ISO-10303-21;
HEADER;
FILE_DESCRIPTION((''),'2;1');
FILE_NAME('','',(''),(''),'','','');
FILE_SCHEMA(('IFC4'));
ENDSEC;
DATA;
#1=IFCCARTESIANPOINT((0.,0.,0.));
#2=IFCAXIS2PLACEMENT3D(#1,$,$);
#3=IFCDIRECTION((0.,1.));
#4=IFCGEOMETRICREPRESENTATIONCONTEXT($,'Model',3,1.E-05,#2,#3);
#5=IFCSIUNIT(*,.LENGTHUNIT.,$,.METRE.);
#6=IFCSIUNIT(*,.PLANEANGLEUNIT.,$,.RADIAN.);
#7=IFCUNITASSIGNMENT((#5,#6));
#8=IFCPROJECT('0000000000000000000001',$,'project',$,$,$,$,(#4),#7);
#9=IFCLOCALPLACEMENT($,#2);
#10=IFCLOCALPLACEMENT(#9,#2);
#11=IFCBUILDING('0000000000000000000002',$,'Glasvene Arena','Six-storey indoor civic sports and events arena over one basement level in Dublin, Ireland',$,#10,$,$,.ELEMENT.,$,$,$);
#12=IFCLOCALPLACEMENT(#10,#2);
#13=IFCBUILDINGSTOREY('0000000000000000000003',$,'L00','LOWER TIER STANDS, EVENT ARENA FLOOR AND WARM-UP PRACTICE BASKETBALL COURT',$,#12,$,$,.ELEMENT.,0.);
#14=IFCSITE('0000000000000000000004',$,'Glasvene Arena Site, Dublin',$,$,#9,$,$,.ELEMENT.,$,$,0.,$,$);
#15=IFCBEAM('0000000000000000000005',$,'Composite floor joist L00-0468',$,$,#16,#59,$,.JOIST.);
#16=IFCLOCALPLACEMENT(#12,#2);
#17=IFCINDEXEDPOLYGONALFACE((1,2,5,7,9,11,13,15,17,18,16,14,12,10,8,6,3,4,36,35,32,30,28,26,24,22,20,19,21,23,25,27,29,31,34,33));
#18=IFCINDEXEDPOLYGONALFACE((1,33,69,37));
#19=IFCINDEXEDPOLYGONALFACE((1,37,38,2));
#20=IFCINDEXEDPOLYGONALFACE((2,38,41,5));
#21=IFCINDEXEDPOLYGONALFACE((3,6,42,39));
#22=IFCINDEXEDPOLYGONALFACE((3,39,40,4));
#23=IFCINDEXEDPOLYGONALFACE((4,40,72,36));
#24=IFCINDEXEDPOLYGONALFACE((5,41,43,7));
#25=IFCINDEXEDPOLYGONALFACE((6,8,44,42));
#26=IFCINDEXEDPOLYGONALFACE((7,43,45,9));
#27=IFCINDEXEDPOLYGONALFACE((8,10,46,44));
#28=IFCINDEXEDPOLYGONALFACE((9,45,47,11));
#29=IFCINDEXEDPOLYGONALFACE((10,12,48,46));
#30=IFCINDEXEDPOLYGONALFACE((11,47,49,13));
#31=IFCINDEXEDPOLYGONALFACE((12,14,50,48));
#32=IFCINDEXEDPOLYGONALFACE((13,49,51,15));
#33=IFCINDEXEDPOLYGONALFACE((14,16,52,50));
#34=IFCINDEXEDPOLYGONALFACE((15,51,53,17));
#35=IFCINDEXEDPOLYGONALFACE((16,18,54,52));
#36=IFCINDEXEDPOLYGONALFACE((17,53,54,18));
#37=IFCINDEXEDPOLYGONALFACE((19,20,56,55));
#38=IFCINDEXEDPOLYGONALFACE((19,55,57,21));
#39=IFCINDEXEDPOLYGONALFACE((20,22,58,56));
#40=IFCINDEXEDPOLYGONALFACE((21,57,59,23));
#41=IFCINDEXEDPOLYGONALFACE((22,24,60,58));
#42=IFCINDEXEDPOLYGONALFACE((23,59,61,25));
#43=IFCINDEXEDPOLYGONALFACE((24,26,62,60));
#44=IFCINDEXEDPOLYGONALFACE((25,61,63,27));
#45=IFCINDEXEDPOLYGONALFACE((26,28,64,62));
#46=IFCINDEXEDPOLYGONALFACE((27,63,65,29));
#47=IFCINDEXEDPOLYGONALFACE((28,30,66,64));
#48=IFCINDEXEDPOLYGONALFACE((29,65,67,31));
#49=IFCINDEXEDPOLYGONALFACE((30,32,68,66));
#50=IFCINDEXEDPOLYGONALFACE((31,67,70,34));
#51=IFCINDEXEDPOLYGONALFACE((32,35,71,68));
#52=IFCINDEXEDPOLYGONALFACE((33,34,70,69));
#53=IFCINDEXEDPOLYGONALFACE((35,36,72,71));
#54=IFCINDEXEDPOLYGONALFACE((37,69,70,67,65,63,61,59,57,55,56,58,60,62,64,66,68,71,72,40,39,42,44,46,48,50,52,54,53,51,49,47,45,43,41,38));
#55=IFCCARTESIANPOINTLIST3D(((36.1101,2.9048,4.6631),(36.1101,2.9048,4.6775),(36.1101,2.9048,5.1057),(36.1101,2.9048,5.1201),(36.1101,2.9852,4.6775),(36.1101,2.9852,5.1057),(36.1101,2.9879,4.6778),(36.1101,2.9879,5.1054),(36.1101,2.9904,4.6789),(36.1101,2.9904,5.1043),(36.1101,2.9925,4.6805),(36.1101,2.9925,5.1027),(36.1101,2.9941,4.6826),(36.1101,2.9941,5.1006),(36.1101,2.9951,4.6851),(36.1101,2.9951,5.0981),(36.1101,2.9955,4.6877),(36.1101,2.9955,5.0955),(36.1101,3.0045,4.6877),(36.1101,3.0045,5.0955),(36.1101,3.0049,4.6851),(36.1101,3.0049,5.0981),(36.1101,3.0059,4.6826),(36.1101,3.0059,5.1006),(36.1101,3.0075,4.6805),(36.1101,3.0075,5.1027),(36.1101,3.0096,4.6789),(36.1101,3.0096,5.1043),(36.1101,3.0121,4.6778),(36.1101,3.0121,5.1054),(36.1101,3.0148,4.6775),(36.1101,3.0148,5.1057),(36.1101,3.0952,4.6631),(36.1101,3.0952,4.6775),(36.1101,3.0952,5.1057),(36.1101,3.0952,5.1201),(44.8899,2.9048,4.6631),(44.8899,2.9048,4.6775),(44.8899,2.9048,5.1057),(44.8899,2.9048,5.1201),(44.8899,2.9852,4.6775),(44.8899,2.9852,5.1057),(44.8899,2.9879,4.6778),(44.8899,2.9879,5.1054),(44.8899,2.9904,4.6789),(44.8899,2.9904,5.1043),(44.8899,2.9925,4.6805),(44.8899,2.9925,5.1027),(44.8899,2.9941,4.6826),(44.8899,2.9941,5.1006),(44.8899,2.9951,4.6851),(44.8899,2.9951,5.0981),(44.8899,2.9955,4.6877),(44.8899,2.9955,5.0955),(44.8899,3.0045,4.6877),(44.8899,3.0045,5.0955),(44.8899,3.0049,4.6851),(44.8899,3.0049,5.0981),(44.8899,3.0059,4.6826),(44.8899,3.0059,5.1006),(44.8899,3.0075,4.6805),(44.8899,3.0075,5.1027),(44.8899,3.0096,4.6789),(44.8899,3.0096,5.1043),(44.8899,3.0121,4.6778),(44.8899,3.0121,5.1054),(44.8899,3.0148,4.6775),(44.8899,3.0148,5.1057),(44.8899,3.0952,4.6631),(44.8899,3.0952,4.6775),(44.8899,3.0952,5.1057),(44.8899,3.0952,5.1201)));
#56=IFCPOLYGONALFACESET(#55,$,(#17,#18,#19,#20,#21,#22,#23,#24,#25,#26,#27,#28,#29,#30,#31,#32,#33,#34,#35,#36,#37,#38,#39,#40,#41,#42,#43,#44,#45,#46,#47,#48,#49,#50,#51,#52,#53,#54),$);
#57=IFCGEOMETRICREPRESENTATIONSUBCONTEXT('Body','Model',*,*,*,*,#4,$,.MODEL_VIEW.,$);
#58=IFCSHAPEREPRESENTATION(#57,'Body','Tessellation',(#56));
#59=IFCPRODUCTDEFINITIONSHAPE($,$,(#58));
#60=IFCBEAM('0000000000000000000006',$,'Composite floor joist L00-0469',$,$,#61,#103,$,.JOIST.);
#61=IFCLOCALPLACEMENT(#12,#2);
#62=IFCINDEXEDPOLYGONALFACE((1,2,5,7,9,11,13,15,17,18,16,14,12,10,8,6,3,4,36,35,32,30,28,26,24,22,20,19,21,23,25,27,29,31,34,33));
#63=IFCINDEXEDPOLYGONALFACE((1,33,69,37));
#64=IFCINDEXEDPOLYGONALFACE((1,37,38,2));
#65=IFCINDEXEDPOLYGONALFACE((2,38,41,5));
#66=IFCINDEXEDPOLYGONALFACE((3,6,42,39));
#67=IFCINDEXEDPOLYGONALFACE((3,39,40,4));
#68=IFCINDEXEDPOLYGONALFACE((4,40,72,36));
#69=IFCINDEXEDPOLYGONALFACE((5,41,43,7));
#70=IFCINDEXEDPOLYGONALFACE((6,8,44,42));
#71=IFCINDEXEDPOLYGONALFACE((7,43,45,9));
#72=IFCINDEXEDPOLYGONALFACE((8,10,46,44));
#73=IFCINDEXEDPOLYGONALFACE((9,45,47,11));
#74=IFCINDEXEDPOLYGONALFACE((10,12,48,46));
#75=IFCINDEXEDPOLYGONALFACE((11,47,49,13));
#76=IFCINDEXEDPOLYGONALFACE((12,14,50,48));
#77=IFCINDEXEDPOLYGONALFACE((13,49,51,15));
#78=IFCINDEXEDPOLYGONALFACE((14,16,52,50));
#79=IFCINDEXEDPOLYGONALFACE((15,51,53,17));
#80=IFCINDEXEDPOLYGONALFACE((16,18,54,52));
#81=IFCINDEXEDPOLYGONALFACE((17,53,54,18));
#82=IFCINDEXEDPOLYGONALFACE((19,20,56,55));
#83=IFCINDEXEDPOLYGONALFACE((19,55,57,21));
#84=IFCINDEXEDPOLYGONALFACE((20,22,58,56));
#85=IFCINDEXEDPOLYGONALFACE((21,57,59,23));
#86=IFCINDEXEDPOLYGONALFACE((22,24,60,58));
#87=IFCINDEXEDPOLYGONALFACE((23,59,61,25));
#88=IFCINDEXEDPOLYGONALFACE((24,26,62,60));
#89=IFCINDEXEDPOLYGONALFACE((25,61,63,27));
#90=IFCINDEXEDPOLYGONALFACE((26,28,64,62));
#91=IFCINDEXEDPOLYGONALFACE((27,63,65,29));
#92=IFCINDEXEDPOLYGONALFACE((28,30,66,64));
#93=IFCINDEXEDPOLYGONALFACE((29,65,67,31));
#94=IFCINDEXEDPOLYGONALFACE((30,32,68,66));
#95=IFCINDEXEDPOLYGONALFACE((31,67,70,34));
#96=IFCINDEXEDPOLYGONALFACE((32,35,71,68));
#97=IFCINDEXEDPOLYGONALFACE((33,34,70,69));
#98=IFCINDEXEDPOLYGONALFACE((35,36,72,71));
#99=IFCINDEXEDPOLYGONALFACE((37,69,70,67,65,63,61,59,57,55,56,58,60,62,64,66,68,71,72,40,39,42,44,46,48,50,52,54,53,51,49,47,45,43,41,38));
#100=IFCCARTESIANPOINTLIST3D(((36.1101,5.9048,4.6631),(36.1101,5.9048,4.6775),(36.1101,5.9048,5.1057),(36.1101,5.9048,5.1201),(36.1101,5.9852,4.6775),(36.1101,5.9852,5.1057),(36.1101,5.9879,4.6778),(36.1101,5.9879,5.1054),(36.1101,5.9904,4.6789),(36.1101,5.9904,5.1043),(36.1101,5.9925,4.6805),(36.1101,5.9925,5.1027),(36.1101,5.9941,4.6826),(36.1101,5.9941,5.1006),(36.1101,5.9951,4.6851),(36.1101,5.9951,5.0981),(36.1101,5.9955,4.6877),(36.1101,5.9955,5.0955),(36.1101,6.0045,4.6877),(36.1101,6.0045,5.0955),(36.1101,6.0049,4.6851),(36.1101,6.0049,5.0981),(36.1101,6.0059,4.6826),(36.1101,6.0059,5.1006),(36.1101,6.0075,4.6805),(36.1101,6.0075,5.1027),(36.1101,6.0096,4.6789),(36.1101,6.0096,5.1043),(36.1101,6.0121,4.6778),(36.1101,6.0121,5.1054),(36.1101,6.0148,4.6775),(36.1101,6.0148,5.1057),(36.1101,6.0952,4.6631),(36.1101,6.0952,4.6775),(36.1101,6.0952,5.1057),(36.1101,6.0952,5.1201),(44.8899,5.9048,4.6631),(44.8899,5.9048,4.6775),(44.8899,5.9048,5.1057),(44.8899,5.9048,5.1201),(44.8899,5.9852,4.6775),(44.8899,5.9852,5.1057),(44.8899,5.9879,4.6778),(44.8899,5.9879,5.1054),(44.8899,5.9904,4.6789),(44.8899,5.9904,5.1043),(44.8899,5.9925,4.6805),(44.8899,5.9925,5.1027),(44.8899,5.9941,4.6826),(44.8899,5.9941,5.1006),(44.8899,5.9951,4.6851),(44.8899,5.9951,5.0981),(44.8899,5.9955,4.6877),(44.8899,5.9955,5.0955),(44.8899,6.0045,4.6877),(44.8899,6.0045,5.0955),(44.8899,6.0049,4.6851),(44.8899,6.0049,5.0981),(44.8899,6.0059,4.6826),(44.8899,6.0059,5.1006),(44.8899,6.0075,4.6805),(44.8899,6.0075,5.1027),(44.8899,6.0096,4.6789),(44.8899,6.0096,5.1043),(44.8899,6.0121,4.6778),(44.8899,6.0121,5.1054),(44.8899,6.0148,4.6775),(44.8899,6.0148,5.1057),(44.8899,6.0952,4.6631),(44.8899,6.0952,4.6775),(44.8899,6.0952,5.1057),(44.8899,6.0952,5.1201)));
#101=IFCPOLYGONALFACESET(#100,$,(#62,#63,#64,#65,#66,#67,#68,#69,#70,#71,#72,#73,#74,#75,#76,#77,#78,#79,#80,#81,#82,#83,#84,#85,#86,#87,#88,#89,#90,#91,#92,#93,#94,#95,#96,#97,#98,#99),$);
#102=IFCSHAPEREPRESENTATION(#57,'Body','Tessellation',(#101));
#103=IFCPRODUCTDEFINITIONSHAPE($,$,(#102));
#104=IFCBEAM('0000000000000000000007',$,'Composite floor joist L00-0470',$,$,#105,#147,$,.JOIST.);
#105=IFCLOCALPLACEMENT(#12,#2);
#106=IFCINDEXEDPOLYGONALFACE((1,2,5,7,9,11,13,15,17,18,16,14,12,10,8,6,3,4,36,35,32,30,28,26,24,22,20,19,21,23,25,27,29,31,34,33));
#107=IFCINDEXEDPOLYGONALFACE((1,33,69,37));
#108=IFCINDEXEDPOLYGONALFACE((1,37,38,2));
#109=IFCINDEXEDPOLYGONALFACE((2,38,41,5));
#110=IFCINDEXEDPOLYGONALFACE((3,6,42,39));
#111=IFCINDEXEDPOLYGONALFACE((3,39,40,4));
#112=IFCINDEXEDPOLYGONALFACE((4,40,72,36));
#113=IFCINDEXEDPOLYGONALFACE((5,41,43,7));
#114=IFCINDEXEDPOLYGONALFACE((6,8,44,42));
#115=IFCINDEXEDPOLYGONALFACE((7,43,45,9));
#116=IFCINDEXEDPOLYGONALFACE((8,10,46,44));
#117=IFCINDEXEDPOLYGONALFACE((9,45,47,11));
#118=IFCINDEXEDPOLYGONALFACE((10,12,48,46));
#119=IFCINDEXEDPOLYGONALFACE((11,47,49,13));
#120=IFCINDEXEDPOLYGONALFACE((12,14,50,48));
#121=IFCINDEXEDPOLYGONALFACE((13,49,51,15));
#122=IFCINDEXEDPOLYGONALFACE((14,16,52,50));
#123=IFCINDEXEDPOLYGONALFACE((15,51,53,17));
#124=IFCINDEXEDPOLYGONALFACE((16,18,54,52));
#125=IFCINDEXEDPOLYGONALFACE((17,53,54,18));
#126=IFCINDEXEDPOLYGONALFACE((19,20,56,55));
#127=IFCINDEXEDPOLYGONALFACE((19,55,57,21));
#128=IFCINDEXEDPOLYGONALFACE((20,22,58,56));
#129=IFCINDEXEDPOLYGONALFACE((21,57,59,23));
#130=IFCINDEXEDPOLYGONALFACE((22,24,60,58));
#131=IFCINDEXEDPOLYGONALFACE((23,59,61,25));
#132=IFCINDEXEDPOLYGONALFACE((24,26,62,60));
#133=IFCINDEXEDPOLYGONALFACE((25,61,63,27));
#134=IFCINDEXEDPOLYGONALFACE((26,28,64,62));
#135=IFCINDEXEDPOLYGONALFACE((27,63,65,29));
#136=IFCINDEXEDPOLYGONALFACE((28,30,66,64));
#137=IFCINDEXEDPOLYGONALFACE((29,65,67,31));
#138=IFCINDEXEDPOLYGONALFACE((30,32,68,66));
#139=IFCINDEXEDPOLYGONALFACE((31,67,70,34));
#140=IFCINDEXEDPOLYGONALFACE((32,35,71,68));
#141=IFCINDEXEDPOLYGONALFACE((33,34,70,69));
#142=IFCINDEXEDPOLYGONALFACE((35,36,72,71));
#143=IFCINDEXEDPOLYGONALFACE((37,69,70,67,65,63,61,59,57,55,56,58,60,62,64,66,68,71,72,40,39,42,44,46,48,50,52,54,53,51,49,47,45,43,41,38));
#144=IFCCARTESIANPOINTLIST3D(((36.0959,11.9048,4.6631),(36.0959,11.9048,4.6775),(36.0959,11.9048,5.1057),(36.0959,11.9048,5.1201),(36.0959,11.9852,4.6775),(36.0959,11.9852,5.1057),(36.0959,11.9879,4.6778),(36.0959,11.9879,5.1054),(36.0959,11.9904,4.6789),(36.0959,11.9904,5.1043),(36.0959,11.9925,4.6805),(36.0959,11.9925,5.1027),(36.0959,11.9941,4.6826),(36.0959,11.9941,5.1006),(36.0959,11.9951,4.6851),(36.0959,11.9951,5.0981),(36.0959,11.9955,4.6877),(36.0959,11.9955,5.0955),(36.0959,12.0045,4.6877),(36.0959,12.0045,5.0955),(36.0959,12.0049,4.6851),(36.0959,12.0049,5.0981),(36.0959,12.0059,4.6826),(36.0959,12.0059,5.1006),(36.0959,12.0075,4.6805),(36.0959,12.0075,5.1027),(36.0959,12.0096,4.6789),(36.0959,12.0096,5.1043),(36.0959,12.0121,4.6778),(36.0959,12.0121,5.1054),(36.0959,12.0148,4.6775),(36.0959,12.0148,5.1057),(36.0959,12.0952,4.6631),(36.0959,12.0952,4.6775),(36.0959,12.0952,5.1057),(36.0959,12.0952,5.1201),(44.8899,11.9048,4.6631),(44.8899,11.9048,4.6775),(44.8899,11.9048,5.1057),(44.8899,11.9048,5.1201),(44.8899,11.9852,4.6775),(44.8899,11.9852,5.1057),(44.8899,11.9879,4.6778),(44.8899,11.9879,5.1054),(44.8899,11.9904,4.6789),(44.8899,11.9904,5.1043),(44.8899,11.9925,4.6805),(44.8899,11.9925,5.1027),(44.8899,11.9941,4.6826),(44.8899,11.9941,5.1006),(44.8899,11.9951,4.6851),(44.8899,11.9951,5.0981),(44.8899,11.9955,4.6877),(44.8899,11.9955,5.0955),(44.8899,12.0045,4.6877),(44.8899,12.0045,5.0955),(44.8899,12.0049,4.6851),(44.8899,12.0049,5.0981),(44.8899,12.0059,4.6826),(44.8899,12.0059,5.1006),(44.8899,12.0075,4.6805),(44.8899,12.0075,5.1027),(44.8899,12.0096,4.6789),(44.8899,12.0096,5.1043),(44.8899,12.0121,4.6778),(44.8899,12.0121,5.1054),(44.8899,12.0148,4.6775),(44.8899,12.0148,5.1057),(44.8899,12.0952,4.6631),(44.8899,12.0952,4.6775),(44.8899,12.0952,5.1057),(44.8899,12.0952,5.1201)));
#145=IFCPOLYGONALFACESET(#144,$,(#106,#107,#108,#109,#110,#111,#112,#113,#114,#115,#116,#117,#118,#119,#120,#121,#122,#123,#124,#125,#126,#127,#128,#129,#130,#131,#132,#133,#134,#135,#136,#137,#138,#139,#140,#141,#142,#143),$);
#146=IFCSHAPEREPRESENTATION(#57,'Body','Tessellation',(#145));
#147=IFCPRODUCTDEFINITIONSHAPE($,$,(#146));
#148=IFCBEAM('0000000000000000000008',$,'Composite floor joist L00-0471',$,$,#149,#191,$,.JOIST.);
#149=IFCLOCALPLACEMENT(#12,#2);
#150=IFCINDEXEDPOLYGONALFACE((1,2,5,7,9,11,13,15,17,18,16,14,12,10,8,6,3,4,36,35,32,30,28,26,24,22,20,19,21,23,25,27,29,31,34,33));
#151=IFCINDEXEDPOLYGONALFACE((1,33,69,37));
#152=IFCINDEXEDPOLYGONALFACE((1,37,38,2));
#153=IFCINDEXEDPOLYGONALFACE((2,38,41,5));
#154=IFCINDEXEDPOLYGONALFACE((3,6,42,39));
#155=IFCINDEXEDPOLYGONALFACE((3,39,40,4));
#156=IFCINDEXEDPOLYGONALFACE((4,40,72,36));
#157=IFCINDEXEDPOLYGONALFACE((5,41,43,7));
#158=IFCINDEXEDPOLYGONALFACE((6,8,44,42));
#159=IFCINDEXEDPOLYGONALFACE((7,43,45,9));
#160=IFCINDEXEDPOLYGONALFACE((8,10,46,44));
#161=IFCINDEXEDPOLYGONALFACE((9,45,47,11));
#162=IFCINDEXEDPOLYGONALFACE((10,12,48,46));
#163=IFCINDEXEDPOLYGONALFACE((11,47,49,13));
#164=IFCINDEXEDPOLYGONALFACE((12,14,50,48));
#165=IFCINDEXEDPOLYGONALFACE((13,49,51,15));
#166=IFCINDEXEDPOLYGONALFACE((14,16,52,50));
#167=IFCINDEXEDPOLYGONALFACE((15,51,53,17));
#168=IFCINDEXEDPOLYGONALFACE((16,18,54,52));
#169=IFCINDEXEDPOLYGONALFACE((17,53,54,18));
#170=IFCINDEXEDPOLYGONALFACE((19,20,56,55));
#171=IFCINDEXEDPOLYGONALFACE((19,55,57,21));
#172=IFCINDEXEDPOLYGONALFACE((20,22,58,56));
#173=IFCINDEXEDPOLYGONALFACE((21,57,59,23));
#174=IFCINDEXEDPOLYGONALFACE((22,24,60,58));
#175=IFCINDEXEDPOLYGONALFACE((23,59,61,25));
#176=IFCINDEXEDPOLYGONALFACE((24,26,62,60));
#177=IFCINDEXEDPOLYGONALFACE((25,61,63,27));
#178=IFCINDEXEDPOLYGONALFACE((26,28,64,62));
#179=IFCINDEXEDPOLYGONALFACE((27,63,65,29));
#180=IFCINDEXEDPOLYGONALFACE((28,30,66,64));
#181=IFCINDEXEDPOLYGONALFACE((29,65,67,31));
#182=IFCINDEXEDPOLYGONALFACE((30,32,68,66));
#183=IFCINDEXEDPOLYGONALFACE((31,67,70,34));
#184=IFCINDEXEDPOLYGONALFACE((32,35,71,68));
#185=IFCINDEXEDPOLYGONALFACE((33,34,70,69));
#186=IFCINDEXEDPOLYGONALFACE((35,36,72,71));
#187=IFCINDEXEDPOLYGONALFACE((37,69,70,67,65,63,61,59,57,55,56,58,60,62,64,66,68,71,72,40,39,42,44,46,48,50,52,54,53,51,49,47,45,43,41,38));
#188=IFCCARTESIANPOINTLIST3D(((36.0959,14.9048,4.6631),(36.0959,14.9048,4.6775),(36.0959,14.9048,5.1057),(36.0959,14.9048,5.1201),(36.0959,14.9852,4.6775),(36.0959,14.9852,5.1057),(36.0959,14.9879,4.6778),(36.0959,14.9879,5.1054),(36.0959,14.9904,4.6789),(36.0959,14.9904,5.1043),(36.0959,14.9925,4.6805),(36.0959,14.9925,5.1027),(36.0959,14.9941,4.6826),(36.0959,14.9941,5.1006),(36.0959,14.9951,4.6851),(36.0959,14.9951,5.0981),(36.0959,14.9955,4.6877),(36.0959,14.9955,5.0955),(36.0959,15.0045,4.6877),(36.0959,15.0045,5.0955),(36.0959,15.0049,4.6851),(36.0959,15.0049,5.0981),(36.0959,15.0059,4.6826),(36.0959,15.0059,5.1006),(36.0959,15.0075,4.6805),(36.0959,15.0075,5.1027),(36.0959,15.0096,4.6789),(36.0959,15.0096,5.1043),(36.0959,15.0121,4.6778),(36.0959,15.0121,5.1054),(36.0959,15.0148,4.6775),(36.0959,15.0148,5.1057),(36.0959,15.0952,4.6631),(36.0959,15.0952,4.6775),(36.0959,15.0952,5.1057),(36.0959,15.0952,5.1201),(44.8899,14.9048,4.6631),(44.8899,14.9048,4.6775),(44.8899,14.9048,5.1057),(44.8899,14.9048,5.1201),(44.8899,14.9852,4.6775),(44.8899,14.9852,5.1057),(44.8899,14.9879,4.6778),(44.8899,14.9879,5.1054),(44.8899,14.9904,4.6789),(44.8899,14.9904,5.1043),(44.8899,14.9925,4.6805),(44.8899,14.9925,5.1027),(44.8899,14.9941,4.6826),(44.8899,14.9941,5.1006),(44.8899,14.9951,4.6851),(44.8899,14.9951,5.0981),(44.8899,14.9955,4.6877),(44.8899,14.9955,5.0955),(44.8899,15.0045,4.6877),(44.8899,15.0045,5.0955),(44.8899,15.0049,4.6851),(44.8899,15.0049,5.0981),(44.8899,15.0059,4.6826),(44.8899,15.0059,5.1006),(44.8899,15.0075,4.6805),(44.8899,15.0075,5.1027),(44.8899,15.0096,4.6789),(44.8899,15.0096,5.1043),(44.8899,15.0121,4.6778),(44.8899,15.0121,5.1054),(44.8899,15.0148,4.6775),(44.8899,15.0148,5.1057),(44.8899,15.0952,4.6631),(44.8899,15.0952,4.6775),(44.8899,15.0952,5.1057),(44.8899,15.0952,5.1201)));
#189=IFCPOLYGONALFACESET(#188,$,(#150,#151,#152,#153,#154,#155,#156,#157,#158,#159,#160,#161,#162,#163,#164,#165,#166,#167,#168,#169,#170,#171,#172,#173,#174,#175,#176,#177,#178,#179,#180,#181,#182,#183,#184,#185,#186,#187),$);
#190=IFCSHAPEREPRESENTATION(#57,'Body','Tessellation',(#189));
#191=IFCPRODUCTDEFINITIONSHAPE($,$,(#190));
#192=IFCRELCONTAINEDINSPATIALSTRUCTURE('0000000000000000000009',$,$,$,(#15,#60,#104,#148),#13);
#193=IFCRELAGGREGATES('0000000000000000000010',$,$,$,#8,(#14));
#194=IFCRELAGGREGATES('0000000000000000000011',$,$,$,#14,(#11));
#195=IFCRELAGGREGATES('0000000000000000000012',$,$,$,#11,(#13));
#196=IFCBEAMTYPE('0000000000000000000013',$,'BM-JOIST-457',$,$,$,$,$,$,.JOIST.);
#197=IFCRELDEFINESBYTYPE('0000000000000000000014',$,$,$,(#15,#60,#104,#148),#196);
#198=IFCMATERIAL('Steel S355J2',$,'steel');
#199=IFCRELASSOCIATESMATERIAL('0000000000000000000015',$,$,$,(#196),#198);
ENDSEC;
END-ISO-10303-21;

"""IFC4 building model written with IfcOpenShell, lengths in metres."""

from ifc_helpers import new_model, si_unit, direction, frame, origin, origin_2d, place, context, subcontext, project, spatial, i_section, extrude, material, material_profile, profile_set, type_object, element, save


model = new_model("IFC4")

# Units and contexts
model_context = context("Model", 3, precision=1e-05, world=origin(), true_north=direction((0.0, 1.0)))
body_context = subcontext(model_context, "Body", "Model", "MODEL_VIEW")
ifc_project = project(units=[si_unit("LENGTHUNIT", "METRE"), si_unit("PLANEANGLEUNIT", "RADIAN")], contexts=[model_context])

# Site, building, storey
site_placement = place(None, origin())
site = spatial("IfcSite", under=ifc_project, at=site_placement, Name="Glasvene Arena Site, Dublin", CompositionType="ELEMENT", RefElevation=0.0)
building_placement = place(site_placement, origin())
building = spatial("IfcBuilding", under=site, at=building_placement, Name="Glasvene Arena", Description="Six-storey indoor civic sports and events arena over one basement level in Dublin, Ireland", CompositionType="ELEMENT")
storey_placement = place(building_placement, origin())
storey = spatial("IfcBuildingStorey", under=building, at=storey_placement, Name="L00", Description="LOWER TIER STANDS, EVENT ARENA FLOOR AND WARM-UP PRACTICE BASKETBALL COURT", CompositionType="ELEMENT", Elevation=0.0)

# Shared definitions
ifc_material_1 = material(Name="Steel S355J2", Category="steel")

# Beams
ifc_material_profile_1 = material_profile(ifc_material_1, i_section(OverallWidth=0.1904, OverallDepth=0.457, WebThickness=0.009, FlangeThickness=0.0144, FilletRadius=0.0103, at=origin_2d()), Name="UKB 457x191x74")
ifc_profile_set_1 = profile_set([ifc_material_profile_1], Name="Steel S355J2")
beam_type_1 = type_object("IfcBeamType", Name="BM-JOIST-457", PredefinedType="JOIST", material=ifc_profile_set_1)
for number, where, z_axis, x_axis, name in (
    (1, (36.1101, 3.0, 4.8916), (1.0, 0.0, 0.0), (0.0, 1.0, 0.0), "Composite floor joist L00-0468"),
    (2, (36.1101, 6.0, 4.8916), (1.0, 0.0, 0.0), (0.0, 1.0, 0.0), "Composite floor joist L00-0469"),
):
    element("IfcBeam", number, at=place(storey_placement, frame(where, z_axis=z_axis, x_axis=x_axis)), inside=storey, type_object=beam_type_1, Name=name, PredefinedType="JOIST", context=body_context, shape_type="SweptSolid", body=[
        extrude(i_section(OverallWidth=0.1904, OverallDepth=0.457, WebThickness=0.009, FlangeThickness=0.0144, FilletRadius=0.0103, at=origin_2d()), origin(), (0.0, 0.0, 1.0), 8.7798),
    ])
for number, where, z_axis, x_axis, name in (
    (3, (36.0959, 12.0, 4.8916), (1.0, 0.0, 0.0), (0.0, 1.0, 0.0), "Composite floor joist L00-0470"),
    (4, (36.0959, 15.0, 4.8916), (1.0, 0.0, 0.0), (0.0, 1.0, 0.0), "Composite floor joist L00-0471"),
):
    element("IfcBeam", number, at=place(storey_placement, frame(where, z_axis=z_axis, x_axis=x_axis)), inside=storey, type_object=beam_type_1, Name=name, PredefinedType="JOIST", context=body_context, shape_type="SweptSolid", body=[
        extrude(i_section(OverallWidth=0.1904, OverallDepth=0.457, WebThickness=0.009, FlangeThickness=0.0144, FilletRadius=0.0103, at=origin_2d()), origin(), (0.0, 0.0, 1.0), 8.7939),
    ])

save(model, "model.ifc")
